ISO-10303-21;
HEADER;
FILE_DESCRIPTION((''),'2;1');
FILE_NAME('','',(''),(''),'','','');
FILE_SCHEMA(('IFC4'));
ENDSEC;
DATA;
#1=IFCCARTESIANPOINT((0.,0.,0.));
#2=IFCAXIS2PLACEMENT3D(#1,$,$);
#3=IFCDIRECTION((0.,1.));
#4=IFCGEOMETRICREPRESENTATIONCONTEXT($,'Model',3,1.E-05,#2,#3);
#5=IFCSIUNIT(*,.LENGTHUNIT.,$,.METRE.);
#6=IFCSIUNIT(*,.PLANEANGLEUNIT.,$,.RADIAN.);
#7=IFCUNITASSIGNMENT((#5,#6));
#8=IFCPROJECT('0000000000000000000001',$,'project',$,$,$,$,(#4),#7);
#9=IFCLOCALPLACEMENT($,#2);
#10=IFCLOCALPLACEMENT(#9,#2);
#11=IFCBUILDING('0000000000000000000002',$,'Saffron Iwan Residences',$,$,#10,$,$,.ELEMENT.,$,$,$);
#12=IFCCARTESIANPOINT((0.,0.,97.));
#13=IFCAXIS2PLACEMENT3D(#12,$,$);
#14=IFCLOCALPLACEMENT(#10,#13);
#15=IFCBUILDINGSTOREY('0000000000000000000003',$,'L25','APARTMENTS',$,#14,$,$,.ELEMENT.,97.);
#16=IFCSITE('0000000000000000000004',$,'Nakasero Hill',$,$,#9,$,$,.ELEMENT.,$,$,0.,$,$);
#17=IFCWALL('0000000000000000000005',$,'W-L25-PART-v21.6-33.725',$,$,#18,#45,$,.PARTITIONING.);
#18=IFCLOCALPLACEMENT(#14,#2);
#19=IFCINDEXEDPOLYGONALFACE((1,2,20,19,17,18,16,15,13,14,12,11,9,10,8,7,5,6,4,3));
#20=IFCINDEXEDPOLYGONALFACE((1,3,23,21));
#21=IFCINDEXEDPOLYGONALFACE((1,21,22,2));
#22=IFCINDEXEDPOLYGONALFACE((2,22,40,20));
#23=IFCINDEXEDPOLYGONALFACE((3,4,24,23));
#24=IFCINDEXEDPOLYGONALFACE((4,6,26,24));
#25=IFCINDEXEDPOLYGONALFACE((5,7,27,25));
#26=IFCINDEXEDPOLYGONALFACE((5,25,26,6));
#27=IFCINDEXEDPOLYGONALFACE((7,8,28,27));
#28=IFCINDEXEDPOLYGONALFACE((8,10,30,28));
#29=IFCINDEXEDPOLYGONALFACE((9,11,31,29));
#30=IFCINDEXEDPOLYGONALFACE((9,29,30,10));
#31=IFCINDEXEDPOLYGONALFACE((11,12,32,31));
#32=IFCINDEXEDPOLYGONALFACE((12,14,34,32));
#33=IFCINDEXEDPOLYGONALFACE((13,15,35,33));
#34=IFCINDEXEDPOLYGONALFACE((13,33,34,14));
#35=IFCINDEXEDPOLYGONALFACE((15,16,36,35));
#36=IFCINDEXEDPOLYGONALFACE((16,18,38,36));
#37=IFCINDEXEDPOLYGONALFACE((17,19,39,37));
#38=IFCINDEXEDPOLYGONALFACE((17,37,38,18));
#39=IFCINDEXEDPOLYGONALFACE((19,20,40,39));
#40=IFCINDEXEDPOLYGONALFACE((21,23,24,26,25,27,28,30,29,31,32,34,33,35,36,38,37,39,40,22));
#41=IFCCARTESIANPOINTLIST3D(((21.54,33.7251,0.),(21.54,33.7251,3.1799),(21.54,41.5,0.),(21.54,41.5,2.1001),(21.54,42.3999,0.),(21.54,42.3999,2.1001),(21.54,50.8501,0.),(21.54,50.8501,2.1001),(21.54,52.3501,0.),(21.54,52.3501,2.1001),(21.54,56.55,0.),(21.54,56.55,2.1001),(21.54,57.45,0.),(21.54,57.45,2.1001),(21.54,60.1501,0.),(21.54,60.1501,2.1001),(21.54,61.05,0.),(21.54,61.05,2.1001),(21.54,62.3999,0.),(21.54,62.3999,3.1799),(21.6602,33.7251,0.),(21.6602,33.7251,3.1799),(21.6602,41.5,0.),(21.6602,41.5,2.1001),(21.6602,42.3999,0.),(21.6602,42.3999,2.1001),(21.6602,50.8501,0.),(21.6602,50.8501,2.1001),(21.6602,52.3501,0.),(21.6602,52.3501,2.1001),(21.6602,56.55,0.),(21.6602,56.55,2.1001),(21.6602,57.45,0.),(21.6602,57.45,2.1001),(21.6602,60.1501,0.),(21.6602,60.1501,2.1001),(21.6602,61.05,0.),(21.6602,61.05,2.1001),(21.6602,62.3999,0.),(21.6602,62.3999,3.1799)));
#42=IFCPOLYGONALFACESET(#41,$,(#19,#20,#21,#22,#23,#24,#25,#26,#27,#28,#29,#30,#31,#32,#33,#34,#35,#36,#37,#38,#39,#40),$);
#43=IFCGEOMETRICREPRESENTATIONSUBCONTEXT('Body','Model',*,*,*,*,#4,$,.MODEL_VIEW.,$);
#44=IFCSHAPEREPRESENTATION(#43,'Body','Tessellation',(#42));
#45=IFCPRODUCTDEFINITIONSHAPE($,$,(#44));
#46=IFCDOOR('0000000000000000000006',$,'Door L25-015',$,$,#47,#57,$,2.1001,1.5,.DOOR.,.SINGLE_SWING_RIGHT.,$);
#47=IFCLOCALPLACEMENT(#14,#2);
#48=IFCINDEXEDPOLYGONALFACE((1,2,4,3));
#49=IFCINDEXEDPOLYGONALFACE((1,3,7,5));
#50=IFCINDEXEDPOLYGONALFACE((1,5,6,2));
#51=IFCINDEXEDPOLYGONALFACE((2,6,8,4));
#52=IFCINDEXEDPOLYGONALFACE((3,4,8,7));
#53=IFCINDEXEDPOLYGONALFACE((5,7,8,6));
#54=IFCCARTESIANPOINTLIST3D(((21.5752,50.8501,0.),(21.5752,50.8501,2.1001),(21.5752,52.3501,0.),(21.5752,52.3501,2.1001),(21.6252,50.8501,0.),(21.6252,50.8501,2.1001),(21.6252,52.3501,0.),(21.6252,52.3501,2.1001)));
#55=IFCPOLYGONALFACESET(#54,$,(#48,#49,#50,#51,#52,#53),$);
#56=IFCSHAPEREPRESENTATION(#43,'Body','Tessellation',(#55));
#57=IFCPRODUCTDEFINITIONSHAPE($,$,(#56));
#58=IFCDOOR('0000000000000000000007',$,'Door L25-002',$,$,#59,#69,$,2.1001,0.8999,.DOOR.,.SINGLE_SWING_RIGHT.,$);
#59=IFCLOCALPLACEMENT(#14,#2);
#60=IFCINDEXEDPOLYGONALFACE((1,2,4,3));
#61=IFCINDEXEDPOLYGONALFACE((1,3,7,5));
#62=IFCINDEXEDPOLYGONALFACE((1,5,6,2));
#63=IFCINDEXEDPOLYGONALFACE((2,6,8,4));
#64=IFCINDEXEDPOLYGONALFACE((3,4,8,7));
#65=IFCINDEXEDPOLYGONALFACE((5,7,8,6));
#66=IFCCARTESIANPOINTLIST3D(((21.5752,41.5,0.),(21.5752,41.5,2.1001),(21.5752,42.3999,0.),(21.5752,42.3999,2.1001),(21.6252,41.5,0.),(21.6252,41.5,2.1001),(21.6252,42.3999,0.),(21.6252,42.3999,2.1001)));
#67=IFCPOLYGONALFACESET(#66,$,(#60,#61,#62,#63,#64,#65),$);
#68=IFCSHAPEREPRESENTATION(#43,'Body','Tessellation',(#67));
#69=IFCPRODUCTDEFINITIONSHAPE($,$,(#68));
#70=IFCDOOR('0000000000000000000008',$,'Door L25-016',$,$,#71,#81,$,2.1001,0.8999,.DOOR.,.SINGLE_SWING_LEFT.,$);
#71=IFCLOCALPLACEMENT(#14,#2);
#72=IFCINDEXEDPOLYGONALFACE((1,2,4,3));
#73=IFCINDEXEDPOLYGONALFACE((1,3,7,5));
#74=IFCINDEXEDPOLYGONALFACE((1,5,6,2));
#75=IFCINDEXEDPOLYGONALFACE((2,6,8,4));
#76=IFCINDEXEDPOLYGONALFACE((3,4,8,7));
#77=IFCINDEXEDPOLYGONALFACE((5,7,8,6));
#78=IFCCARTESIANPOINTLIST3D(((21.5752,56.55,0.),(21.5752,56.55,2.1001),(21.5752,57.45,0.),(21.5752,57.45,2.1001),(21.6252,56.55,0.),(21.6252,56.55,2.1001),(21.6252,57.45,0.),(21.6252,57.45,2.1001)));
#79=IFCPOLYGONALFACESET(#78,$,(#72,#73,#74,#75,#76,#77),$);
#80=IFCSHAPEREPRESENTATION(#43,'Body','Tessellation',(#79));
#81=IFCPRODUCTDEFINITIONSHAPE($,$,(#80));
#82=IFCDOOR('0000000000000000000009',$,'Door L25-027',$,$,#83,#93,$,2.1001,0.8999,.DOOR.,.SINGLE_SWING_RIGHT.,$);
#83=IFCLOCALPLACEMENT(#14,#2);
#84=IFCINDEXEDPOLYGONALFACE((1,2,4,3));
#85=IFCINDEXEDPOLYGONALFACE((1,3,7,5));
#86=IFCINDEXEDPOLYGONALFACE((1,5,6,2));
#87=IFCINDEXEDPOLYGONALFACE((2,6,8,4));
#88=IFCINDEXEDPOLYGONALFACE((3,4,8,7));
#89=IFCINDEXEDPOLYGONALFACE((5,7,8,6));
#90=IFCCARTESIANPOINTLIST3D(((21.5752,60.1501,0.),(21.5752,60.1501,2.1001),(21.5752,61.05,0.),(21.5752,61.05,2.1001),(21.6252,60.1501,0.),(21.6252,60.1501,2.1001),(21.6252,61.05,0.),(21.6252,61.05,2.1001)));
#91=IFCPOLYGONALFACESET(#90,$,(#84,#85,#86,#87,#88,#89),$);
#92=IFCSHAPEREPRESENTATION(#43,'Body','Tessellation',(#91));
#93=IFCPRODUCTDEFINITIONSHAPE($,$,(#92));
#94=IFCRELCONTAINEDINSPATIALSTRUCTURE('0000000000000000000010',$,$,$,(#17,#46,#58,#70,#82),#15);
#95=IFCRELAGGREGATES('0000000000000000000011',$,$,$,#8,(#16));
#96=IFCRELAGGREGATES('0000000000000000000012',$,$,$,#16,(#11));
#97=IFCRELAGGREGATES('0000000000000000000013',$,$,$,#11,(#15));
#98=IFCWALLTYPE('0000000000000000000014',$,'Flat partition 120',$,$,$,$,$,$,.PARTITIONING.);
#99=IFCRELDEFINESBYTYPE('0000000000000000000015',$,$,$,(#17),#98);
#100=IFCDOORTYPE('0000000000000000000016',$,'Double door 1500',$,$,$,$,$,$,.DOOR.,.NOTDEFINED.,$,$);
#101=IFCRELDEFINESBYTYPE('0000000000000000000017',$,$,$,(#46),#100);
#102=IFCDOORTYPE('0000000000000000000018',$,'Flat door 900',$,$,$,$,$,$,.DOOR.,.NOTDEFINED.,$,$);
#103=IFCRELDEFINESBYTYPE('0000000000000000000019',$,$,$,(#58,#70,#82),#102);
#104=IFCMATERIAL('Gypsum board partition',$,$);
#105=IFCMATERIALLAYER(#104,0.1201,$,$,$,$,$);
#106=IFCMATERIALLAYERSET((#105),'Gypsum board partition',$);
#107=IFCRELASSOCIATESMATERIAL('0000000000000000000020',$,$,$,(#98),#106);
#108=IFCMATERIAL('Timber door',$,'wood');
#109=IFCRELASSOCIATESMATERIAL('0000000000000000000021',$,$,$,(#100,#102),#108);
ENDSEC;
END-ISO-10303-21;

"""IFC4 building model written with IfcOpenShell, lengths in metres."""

from ifc_helpers import new_model, si_unit, direction, frame, frame_2d, origin, place, context, subcontext, project, spatial, rectangle, extrude, material, layer, layer_set, type_object, element, fill, save


model = new_model("IFC4")

# Units and contexts
model_context = context("Model", 3, precision=1e-05, world=origin(), true_north=direction((0.0, 1.0)))
body_context = subcontext(model_context, "Body", "Model", "MODEL_VIEW")
ifc_project = project(units=[si_unit("LENGTHUNIT", "METRE"), si_unit("PLANEANGLEUNIT", "RADIAN")], contexts=[model_context])

# Site, building, storey
site_placement = place(None, origin())
site = spatial("IfcSite", under=ifc_project, at=site_placement, Name="Nakasero Hill", CompositionType="ELEMENT", RefElevation=0.0)
building_placement = place(site_placement, origin())
building = spatial("IfcBuilding", under=site, at=building_placement, Name="Saffron Iwan Residences", CompositionType="ELEMENT")
storey_placement = place(building_placement, frame((0.0, 0.0, 97.0)))
storey = spatial("IfcBuildingStorey", under=building, at=storey_placement, Name="L25", Description="APARTMENTS", CompositionType="ELEMENT", Elevation=97.0)

# Wall, openings, doors
ifc_material_1 = material(Name="Gypsum board partition")
ifc_layer_1 = layer(ifc_material_1, 0.1201)
ifc_layer_set_1 = layer_set([ifc_layer_1], Name="Gypsum board partition")
wall_type_1 = type_object("IfcWallType", Name="Flat partition 120", PredefinedType="PARTITIONING", material=ifc_layer_set_1)
wall_1_placement = place(storey_placement, frame((21.6001, 33.7251, 0.0), z_axis=(0.0, 0.0, 1.0), x_axis=(0.0, 1.0, 0.0)))
wall_1 = element("IfcWall", 1, at=wall_1_placement, inside=storey, type_object=wall_type_1, Name="W-L25-PART-v21.6-33.725", PredefinedType="PARTITIONING", context=body_context, shape_type="SweptSolid", body=[
    extrude(rectangle(XDim=28.6748, YDim=0.1201, at=frame_2d((14.3374, 0.0))), origin(), (0.0, 0.0, 1.0), 3.1799),
])
opening_1_placement = place(wall_1_placement, frame((7.7749, 0.0, 0.0)))
opening_1 = element("IfcOpeningElement", 2, at=opening_1_placement, cuts=wall_1, PredefinedType="OPENING", context=body_context, shape_type="SweptSolid", body=[
    extrude(rectangle(XDim=0.8999, YDim=2.1001, at=frame_2d((0.45, 1.05))), frame((0.0, 0.0701, 0.0), z_axis=(0.0, -1.0, 0.0), x_axis=(1.0, 0.0, 0.0)), (0.0, 0.0, 1.0), 0.1401),
])
opening_2_placement = place(wall_1_placement, frame((17.125, 0.0, 0.0)))
opening_2 = element("IfcOpeningElement", 3, at=opening_2_placement, cuts=wall_1, PredefinedType="OPENING", context=body_context, shape_type="SweptSolid", body=[
    extrude(rectangle(XDim=1.5, YDim=2.1001, at=frame_2d((0.75, 1.05))), frame((0.0, 0.0701, 0.0), z_axis=(0.0, -1.0, 0.0), x_axis=(1.0, 0.0, 0.0)), (0.0, 0.0, 1.0), 0.1401),
])
opening_3_placement = place(wall_1_placement, frame((22.825, 0.0, 0.0)))
opening_3 = element("IfcOpeningElement", 4, at=opening_3_placement, cuts=wall_1, PredefinedType="OPENING", context=body_context, shape_type="SweptSolid", body=[
    extrude(rectangle(XDim=0.8999, YDim=2.1001, at=frame_2d((0.45, 1.05))), frame((0.0, 0.0701, 0.0), z_axis=(0.0, -1.0, 0.0), x_axis=(1.0, 0.0, 0.0)), (0.0, 0.0, 1.0), 0.1401),
])
opening_4_placement = place(wall_1_placement, frame((26.425, 0.0, 0.0)))
opening_4 = element("IfcOpeningElement", 5, at=opening_4_placement, cuts=wall_1, PredefinedType="OPENING", context=body_context, shape_type="SweptSolid", body=[
    extrude(rectangle(XDim=0.8999, YDim=2.1001, at=frame_2d((0.45, 1.05))), frame((0.0, 0.0701, 0.0), z_axis=(0.0, -1.0, 0.0), x_axis=(1.0, 0.0, 0.0)), (0.0, 0.0, 1.0), 0.1401),
])
ifc_material_2 = material(Name="Timber door", Category="wood")
door_type_1 = type_object("IfcDoorType", Name="Double door 1500", OperationType="NOTDEFINED", PredefinedType="DOOR", material=ifc_material_2)
door_1_placement = place(opening_2_placement, origin())
door_1 = element("IfcDoor", 6, at=door_1_placement, inside=storey, type_object=door_type_1, Name="Door L25-015", OperationType="SINGLE_SWING_RIGHT", OverallHeight=2.1001, OverallWidth=1.5, PredefinedType="DOOR", context=body_context, shape_type="SweptSolid", body=[
    extrude(rectangle(XDim=1.5, YDim=2.1001, at=frame_2d((0.75, 1.05))), frame((0.0, 0.0249, 0.0), z_axis=(0.0, -1.0, 0.0), x_axis=(1.0, 0.0, 0.0)), (0.0, 0.0, 1.0), 0.05),
])
fill(opening_2, door_1)
door_type_2 = type_object("IfcDoorType", Name="Flat door 900", OperationType="NOTDEFINED", PredefinedType="DOOR", material=ifc_material_2)
door_2_placement = place(opening_1_placement, origin())
door_2 = element("IfcDoor", 7, at=door_2_placement, inside=storey, type_object=door_type_2, Name="Door L25-002", OperationType="SINGLE_SWING_RIGHT", OverallHeight=2.1001, OverallWidth=0.8999, PredefinedType="DOOR", context=body_context, shape_type="SweptSolid", body=[
    extrude(rectangle(XDim=0.8999, YDim=2.1001, at=frame_2d((0.45, 1.05))), frame((0.0, 0.0249, 0.0), z_axis=(0.0, -1.0, 0.0), x_axis=(1.0, 0.0, 0.0)), (0.0, 0.0, 1.0), 0.05),
])
fill(opening_1, door_2)
door_3_placement = place(opening_3_placement, origin())
door_3 = element("IfcDoor", 8, at=door_3_placement, inside=storey, type_object=door_type_2, Name="Door L25-016", OperationType="SINGLE_SWING_LEFT", OverallHeight=2.1001, OverallWidth=0.8999, PredefinedType="DOOR", context=body_context, shape_type="SweptSolid", body=[
    extrude(rectangle(XDim=0.8999, YDim=2.1001, at=frame_2d((0.45, 1.05))), frame((0.0, 0.0249, 0.0), z_axis=(0.0, -1.0, 0.0), x_axis=(1.0, 0.0, 0.0)), (0.0, 0.0, 1.0), 0.05),
])
fill(opening_3, door_3)
door_4_placement = place(opening_4_placement, origin())
door_4 = element("IfcDoor", 9, at=door_4_placement, inside=storey, type_object=door_type_2, Name="Door L25-027", OperationType="SINGLE_SWING_RIGHT", OverallHeight=2.1001, OverallWidth=0.8999, PredefinedType="DOOR", context=body_context, shape_type="SweptSolid", body=[
    extrude(rectangle(XDim=0.8999, YDim=2.1001, at=frame_2d((0.45, 1.05))), frame((0.0, 0.0249, 0.0), z_axis=(0.0, -1.0, 0.0), x_axis=(1.0, 0.0, 0.0)), (0.0, 0.0, 1.0), 0.05),
])
fill(opening_4, door_4)

save(model, "model.ifc")
